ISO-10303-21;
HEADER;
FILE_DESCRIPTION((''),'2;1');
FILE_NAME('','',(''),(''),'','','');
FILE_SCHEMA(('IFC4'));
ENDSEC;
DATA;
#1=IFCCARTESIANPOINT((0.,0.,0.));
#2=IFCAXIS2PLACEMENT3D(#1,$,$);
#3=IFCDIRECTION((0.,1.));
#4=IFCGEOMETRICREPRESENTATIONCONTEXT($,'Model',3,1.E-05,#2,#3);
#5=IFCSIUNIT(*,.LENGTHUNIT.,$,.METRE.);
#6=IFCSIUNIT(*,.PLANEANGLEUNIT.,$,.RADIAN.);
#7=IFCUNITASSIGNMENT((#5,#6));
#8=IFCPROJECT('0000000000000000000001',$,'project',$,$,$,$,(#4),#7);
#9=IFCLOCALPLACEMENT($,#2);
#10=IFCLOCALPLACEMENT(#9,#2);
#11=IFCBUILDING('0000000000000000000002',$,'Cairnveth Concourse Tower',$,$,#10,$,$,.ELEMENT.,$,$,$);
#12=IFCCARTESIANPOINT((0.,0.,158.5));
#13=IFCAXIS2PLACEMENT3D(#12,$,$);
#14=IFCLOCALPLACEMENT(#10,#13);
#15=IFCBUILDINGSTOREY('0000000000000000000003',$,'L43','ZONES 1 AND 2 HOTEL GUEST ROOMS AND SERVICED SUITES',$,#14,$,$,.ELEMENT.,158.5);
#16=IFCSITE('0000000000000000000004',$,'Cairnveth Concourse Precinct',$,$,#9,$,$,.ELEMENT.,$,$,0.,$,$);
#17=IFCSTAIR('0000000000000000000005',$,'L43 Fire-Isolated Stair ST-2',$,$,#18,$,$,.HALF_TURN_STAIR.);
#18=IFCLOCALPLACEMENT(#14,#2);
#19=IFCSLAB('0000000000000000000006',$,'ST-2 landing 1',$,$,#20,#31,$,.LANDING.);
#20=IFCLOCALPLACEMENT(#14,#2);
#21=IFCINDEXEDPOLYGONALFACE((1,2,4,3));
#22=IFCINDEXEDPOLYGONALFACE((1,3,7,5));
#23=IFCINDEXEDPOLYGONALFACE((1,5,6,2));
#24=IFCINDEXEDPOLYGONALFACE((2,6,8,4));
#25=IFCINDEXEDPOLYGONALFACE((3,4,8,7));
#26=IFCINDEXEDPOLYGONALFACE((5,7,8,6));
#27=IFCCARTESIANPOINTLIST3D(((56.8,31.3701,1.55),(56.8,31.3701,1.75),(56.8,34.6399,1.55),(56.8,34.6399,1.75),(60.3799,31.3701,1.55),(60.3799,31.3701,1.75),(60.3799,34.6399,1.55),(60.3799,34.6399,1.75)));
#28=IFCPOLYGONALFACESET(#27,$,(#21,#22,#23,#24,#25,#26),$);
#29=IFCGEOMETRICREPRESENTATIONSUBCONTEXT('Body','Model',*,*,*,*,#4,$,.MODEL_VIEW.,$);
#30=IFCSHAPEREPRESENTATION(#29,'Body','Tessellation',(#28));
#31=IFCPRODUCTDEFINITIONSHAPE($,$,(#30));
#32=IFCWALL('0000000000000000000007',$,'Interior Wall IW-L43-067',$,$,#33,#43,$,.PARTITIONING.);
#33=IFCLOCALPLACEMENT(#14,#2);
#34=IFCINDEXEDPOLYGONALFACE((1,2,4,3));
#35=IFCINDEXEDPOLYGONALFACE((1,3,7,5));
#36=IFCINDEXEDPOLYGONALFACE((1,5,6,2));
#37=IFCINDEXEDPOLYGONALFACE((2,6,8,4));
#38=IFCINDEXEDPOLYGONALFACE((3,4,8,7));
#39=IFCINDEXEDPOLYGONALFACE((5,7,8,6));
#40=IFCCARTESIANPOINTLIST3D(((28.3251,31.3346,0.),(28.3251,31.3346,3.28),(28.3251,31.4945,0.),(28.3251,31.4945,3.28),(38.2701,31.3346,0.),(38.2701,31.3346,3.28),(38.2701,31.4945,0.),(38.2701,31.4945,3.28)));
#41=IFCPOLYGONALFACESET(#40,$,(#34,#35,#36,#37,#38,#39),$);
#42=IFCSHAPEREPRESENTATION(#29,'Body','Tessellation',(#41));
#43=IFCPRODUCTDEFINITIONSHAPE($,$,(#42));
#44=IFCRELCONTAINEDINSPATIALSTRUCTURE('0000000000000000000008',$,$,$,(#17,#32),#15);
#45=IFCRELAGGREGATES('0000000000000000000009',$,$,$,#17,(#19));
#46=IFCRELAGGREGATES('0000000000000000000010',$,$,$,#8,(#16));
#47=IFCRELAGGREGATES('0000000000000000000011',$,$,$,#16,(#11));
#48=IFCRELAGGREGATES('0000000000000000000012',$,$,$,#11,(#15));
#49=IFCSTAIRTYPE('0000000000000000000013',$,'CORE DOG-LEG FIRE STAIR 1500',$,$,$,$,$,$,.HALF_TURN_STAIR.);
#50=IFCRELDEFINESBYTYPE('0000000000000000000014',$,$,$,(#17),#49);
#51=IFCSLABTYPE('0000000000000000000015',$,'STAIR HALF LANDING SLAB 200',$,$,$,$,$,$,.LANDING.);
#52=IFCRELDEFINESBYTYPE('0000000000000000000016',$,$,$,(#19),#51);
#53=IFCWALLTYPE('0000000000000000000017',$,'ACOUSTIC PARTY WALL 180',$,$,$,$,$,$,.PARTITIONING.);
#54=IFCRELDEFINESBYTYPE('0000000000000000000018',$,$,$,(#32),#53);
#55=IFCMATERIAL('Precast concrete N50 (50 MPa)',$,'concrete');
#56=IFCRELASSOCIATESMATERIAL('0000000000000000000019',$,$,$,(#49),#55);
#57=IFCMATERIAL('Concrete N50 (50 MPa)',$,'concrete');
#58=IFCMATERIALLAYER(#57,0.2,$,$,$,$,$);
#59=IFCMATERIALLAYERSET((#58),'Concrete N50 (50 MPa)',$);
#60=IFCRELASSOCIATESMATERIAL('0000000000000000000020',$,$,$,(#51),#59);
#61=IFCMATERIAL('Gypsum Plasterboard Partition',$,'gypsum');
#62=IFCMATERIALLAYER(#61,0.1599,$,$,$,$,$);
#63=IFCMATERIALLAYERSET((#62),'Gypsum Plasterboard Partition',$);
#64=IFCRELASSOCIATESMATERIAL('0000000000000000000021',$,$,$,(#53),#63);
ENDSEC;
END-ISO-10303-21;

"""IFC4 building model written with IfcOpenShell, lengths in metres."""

from ifc_helpers import new_model, si_unit, direction, frame, frame_2d, origin, place, context, subcontext, project, spatial, polyline, rectangle, outline, extrude, material, layer, layer_set, type_object, element, aggregate, save


model = new_model("IFC4")

# Units and contexts
model_context = context("Model", 3, precision=1e-05, world=origin(), true_north=direction((0.0, 1.0)))
body_context = subcontext(model_context, "Body", "Model", "MODEL_VIEW")
ifc_project = project(units=[si_unit("LENGTHUNIT", "METRE"), si_unit("PLANEANGLEUNIT", "RADIAN")], contexts=[model_context])

# Site, building, storey
site_placement = place(None, origin())
site = spatial("IfcSite", under=ifc_project, at=site_placement, Name="Cairnveth Concourse Precinct", CompositionType="ELEMENT", RefElevation=0.0)
building_placement = place(site_placement, origin())
building = spatial("IfcBuilding", under=site, at=building_placement, Name="Cairnveth Concourse Tower", CompositionType="ELEMENT")
storey_placement = place(building_placement, frame((0.0, 0.0, 158.5)))
storey = spatial("IfcBuildingStorey", under=building, at=storey_placement, Name="L43", Description="ZONES 1 AND 2 HOTEL GUEST ROOMS AND SERVICED SUITES", CompositionType="ELEMENT", Elevation=158.5)

# Shared definitions
ifc_material_1 = material(Name="Concrete N50 (50 MPa)", Category="concrete")

# Stair, slab
ifc_material_2 = material(Name="Precast concrete N50 (50 MPa)", Category="concrete")
stair_type = type_object("IfcStairType", Name="CORE DOG-LEG FIRE STAIR 1500", PredefinedType="HALF_TURN_STAIR", material=ifc_material_2)
ifc_layer_1 = layer(ifc_material_1, 0.2)
ifc_layer_set_1 = layer_set([ifc_layer_1], Name="Concrete N50 (50 MPa)")
slab_type_1 = type_object("IfcSlabType", Name="STAIR HALF LANDING SLAB 200", PredefinedType="LANDING", material=ifc_layer_set_1)
stair_1_placement = place(storey_placement, origin())
stair_1 = element("IfcStair", 1, at=stair_1_placement, inside=storey, type_object=stair_type, Name="L43 Fire-Isolated Stair ST-2", PredefinedType="HALF_TURN_STAIR")
slab_1_placement = place(storey_placement, frame((0.0, 0.0, 1.55)))
slab_1 = element("IfcSlab", 2, at=slab_1_placement, type_object=slab_type_1, Name="ST-2 landing 1", PredefinedType="LANDING", context=body_context, shape_type="SweptSolid", body=[
    extrude(outline(polyline([(56.8, 34.6399), (56.8, 31.3701), (60.3799, 31.3701), (60.3799, 34.6399), (56.8, 34.6399)])), origin(), (0.0, 0.0, 1.0), 0.2),
])
aggregate(stair_1, [slab_1])

# Wall
ifc_material_3 = material(Name="Gypsum Plasterboard Partition", Category="gypsum")
ifc_layer_2 = layer(ifc_material_3, 0.1599)
ifc_layer_set_2 = layer_set([ifc_layer_2], Name="Gypsum Plasterboard Partition")
wall_type_1 = type_object("IfcWallType", Name="ACOUSTIC PARTY WALL 180", PredefinedType="PARTITIONING", material=ifc_layer_set_2)
wall_1_placement = place(storey_placement, frame((28.325, 31.4146, 0.0), z_axis=(0.0, 0.0, 1.0), x_axis=(1.0, 0.0, 0.0)))
element("IfcWall", 3, at=wall_1_placement, inside=storey, type_object=wall_type_1, Name="Interior Wall IW-L43-067", PredefinedType="PARTITIONING", context=body_context, shape_type="SweptSolid", body=[
    extrude(rectangle(XDim=9.9451, YDim=0.1599, at=frame_2d((4.9727, 0.0))), origin(), (0.0, 0.0, 1.0), 3.28),
])

save(model, "model.ifc")
